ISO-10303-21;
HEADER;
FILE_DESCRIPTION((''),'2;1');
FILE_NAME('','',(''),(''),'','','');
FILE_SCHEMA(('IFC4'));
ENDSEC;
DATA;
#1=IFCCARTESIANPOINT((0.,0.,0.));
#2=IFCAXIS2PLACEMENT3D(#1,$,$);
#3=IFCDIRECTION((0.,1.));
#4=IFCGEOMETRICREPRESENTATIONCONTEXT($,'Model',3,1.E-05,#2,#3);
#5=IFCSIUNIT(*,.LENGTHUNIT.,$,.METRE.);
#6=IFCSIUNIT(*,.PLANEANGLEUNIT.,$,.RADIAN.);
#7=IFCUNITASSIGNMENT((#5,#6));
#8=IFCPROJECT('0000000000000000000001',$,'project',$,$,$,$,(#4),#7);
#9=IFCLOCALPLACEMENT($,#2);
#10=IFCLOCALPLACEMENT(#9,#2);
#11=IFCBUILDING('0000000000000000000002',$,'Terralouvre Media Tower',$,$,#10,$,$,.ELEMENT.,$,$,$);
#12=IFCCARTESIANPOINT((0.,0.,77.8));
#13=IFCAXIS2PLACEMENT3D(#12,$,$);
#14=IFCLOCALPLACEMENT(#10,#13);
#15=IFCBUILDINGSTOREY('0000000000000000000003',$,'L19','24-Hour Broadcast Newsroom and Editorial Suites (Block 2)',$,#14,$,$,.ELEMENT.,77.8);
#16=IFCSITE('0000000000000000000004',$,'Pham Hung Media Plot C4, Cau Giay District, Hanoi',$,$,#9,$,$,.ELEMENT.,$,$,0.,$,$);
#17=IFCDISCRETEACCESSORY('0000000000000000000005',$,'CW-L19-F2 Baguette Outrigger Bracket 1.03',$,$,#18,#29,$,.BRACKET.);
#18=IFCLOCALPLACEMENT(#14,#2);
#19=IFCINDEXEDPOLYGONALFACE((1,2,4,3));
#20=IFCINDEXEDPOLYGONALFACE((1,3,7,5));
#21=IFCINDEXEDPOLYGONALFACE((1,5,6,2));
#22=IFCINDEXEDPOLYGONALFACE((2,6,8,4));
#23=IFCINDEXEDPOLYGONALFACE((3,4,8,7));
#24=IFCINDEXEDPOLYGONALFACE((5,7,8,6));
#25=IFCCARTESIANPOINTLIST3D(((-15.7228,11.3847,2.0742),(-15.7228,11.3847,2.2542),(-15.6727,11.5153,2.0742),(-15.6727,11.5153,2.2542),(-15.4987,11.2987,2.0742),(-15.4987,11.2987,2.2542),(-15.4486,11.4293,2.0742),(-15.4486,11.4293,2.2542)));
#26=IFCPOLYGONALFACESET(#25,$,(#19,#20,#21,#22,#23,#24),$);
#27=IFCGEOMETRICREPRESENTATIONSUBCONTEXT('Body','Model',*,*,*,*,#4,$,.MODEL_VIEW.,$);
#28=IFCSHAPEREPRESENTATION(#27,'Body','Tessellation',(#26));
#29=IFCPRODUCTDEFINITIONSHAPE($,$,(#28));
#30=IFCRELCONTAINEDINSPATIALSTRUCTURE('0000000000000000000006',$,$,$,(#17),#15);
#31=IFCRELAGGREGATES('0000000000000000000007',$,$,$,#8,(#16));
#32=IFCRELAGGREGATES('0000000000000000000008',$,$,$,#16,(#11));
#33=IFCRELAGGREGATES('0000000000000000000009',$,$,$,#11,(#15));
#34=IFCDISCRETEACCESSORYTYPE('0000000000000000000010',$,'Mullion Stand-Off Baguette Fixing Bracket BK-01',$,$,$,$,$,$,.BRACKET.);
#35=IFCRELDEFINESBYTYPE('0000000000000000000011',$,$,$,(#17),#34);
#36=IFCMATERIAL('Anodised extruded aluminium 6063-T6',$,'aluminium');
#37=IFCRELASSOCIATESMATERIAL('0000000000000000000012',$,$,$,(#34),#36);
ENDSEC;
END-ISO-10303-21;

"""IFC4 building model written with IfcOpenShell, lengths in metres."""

from ifc_helpers import new_model, si_unit, direction, frame, origin, origin_2d, place, context, subcontext, project, spatial, rectangle, extrude, material, type_object, element, save


model = new_model("IFC4")

# Units and contexts
model_context = context("Model", 3, precision=1e-05, world=origin(), true_north=direction((0.0, 1.0)))
body_context = subcontext(model_context, "Body", "Model", "MODEL_VIEW")
ifc_project = project(units=[si_unit("LENGTHUNIT", "METRE"), si_unit("PLANEANGLEUNIT", "RADIAN")], contexts=[model_context])

# Site, building, storey
site_placement = place(None, origin())
site = spatial("IfcSite", under=ifc_project, at=site_placement, Name="Pham Hung Media Plot C4, Cau Giay District, Hanoi", CompositionType="ELEMENT", RefElevation=0.0)
building_placement = place(site_placement, origin())
building = spatial("IfcBuilding", under=site, at=building_placement, Name="Terralouvre Media Tower", CompositionType="ELEMENT")
storey_placement = place(building_placement, frame((0.0, 0.0, 77.8)))
storey = spatial("IfcBuildingStorey", under=building, at=storey_placement, Name="L19", Description="24-Hour Broadcast Newsroom and Editorial Suites (Block 2)", CompositionType="ELEMENT", Elevation=77.8)

# Discrete accessory
ifc_material_1 = material(Name="Anodised extruded aluminium 6063-T6", Category="aluminium")
discrete_accessory_type = type_object("IfcDiscreteAccessoryType", Name="Mullion Stand-Off Baguette Fixing Bracket BK-01", PredefinedType="BRACKET", material=ifc_material_1)
discrete_accessory_placement = place(storey_placement, frame((-15.5857, 11.407, 2.0742), z_axis=(0.0, 0.0, 1.0), x_axis=(-0.358368, -0.93358, 0.0)))
element("IfcDiscreteAccessory", 1, at=discrete_accessory_placement, inside=storey, type_object=discrete_accessory_type, Name="CW-L19-F2 Baguette Outrigger Bracket 1.03", PredefinedType="BRACKET", context=body_context, shape_type="SweptSolid", body=[
    extrude(rectangle(XDim=0.1399, YDim=0.24, at=origin_2d()), origin(), (0.0, 0.0, 1.0), 0.1799),
])

save(model, "model.ifc")
